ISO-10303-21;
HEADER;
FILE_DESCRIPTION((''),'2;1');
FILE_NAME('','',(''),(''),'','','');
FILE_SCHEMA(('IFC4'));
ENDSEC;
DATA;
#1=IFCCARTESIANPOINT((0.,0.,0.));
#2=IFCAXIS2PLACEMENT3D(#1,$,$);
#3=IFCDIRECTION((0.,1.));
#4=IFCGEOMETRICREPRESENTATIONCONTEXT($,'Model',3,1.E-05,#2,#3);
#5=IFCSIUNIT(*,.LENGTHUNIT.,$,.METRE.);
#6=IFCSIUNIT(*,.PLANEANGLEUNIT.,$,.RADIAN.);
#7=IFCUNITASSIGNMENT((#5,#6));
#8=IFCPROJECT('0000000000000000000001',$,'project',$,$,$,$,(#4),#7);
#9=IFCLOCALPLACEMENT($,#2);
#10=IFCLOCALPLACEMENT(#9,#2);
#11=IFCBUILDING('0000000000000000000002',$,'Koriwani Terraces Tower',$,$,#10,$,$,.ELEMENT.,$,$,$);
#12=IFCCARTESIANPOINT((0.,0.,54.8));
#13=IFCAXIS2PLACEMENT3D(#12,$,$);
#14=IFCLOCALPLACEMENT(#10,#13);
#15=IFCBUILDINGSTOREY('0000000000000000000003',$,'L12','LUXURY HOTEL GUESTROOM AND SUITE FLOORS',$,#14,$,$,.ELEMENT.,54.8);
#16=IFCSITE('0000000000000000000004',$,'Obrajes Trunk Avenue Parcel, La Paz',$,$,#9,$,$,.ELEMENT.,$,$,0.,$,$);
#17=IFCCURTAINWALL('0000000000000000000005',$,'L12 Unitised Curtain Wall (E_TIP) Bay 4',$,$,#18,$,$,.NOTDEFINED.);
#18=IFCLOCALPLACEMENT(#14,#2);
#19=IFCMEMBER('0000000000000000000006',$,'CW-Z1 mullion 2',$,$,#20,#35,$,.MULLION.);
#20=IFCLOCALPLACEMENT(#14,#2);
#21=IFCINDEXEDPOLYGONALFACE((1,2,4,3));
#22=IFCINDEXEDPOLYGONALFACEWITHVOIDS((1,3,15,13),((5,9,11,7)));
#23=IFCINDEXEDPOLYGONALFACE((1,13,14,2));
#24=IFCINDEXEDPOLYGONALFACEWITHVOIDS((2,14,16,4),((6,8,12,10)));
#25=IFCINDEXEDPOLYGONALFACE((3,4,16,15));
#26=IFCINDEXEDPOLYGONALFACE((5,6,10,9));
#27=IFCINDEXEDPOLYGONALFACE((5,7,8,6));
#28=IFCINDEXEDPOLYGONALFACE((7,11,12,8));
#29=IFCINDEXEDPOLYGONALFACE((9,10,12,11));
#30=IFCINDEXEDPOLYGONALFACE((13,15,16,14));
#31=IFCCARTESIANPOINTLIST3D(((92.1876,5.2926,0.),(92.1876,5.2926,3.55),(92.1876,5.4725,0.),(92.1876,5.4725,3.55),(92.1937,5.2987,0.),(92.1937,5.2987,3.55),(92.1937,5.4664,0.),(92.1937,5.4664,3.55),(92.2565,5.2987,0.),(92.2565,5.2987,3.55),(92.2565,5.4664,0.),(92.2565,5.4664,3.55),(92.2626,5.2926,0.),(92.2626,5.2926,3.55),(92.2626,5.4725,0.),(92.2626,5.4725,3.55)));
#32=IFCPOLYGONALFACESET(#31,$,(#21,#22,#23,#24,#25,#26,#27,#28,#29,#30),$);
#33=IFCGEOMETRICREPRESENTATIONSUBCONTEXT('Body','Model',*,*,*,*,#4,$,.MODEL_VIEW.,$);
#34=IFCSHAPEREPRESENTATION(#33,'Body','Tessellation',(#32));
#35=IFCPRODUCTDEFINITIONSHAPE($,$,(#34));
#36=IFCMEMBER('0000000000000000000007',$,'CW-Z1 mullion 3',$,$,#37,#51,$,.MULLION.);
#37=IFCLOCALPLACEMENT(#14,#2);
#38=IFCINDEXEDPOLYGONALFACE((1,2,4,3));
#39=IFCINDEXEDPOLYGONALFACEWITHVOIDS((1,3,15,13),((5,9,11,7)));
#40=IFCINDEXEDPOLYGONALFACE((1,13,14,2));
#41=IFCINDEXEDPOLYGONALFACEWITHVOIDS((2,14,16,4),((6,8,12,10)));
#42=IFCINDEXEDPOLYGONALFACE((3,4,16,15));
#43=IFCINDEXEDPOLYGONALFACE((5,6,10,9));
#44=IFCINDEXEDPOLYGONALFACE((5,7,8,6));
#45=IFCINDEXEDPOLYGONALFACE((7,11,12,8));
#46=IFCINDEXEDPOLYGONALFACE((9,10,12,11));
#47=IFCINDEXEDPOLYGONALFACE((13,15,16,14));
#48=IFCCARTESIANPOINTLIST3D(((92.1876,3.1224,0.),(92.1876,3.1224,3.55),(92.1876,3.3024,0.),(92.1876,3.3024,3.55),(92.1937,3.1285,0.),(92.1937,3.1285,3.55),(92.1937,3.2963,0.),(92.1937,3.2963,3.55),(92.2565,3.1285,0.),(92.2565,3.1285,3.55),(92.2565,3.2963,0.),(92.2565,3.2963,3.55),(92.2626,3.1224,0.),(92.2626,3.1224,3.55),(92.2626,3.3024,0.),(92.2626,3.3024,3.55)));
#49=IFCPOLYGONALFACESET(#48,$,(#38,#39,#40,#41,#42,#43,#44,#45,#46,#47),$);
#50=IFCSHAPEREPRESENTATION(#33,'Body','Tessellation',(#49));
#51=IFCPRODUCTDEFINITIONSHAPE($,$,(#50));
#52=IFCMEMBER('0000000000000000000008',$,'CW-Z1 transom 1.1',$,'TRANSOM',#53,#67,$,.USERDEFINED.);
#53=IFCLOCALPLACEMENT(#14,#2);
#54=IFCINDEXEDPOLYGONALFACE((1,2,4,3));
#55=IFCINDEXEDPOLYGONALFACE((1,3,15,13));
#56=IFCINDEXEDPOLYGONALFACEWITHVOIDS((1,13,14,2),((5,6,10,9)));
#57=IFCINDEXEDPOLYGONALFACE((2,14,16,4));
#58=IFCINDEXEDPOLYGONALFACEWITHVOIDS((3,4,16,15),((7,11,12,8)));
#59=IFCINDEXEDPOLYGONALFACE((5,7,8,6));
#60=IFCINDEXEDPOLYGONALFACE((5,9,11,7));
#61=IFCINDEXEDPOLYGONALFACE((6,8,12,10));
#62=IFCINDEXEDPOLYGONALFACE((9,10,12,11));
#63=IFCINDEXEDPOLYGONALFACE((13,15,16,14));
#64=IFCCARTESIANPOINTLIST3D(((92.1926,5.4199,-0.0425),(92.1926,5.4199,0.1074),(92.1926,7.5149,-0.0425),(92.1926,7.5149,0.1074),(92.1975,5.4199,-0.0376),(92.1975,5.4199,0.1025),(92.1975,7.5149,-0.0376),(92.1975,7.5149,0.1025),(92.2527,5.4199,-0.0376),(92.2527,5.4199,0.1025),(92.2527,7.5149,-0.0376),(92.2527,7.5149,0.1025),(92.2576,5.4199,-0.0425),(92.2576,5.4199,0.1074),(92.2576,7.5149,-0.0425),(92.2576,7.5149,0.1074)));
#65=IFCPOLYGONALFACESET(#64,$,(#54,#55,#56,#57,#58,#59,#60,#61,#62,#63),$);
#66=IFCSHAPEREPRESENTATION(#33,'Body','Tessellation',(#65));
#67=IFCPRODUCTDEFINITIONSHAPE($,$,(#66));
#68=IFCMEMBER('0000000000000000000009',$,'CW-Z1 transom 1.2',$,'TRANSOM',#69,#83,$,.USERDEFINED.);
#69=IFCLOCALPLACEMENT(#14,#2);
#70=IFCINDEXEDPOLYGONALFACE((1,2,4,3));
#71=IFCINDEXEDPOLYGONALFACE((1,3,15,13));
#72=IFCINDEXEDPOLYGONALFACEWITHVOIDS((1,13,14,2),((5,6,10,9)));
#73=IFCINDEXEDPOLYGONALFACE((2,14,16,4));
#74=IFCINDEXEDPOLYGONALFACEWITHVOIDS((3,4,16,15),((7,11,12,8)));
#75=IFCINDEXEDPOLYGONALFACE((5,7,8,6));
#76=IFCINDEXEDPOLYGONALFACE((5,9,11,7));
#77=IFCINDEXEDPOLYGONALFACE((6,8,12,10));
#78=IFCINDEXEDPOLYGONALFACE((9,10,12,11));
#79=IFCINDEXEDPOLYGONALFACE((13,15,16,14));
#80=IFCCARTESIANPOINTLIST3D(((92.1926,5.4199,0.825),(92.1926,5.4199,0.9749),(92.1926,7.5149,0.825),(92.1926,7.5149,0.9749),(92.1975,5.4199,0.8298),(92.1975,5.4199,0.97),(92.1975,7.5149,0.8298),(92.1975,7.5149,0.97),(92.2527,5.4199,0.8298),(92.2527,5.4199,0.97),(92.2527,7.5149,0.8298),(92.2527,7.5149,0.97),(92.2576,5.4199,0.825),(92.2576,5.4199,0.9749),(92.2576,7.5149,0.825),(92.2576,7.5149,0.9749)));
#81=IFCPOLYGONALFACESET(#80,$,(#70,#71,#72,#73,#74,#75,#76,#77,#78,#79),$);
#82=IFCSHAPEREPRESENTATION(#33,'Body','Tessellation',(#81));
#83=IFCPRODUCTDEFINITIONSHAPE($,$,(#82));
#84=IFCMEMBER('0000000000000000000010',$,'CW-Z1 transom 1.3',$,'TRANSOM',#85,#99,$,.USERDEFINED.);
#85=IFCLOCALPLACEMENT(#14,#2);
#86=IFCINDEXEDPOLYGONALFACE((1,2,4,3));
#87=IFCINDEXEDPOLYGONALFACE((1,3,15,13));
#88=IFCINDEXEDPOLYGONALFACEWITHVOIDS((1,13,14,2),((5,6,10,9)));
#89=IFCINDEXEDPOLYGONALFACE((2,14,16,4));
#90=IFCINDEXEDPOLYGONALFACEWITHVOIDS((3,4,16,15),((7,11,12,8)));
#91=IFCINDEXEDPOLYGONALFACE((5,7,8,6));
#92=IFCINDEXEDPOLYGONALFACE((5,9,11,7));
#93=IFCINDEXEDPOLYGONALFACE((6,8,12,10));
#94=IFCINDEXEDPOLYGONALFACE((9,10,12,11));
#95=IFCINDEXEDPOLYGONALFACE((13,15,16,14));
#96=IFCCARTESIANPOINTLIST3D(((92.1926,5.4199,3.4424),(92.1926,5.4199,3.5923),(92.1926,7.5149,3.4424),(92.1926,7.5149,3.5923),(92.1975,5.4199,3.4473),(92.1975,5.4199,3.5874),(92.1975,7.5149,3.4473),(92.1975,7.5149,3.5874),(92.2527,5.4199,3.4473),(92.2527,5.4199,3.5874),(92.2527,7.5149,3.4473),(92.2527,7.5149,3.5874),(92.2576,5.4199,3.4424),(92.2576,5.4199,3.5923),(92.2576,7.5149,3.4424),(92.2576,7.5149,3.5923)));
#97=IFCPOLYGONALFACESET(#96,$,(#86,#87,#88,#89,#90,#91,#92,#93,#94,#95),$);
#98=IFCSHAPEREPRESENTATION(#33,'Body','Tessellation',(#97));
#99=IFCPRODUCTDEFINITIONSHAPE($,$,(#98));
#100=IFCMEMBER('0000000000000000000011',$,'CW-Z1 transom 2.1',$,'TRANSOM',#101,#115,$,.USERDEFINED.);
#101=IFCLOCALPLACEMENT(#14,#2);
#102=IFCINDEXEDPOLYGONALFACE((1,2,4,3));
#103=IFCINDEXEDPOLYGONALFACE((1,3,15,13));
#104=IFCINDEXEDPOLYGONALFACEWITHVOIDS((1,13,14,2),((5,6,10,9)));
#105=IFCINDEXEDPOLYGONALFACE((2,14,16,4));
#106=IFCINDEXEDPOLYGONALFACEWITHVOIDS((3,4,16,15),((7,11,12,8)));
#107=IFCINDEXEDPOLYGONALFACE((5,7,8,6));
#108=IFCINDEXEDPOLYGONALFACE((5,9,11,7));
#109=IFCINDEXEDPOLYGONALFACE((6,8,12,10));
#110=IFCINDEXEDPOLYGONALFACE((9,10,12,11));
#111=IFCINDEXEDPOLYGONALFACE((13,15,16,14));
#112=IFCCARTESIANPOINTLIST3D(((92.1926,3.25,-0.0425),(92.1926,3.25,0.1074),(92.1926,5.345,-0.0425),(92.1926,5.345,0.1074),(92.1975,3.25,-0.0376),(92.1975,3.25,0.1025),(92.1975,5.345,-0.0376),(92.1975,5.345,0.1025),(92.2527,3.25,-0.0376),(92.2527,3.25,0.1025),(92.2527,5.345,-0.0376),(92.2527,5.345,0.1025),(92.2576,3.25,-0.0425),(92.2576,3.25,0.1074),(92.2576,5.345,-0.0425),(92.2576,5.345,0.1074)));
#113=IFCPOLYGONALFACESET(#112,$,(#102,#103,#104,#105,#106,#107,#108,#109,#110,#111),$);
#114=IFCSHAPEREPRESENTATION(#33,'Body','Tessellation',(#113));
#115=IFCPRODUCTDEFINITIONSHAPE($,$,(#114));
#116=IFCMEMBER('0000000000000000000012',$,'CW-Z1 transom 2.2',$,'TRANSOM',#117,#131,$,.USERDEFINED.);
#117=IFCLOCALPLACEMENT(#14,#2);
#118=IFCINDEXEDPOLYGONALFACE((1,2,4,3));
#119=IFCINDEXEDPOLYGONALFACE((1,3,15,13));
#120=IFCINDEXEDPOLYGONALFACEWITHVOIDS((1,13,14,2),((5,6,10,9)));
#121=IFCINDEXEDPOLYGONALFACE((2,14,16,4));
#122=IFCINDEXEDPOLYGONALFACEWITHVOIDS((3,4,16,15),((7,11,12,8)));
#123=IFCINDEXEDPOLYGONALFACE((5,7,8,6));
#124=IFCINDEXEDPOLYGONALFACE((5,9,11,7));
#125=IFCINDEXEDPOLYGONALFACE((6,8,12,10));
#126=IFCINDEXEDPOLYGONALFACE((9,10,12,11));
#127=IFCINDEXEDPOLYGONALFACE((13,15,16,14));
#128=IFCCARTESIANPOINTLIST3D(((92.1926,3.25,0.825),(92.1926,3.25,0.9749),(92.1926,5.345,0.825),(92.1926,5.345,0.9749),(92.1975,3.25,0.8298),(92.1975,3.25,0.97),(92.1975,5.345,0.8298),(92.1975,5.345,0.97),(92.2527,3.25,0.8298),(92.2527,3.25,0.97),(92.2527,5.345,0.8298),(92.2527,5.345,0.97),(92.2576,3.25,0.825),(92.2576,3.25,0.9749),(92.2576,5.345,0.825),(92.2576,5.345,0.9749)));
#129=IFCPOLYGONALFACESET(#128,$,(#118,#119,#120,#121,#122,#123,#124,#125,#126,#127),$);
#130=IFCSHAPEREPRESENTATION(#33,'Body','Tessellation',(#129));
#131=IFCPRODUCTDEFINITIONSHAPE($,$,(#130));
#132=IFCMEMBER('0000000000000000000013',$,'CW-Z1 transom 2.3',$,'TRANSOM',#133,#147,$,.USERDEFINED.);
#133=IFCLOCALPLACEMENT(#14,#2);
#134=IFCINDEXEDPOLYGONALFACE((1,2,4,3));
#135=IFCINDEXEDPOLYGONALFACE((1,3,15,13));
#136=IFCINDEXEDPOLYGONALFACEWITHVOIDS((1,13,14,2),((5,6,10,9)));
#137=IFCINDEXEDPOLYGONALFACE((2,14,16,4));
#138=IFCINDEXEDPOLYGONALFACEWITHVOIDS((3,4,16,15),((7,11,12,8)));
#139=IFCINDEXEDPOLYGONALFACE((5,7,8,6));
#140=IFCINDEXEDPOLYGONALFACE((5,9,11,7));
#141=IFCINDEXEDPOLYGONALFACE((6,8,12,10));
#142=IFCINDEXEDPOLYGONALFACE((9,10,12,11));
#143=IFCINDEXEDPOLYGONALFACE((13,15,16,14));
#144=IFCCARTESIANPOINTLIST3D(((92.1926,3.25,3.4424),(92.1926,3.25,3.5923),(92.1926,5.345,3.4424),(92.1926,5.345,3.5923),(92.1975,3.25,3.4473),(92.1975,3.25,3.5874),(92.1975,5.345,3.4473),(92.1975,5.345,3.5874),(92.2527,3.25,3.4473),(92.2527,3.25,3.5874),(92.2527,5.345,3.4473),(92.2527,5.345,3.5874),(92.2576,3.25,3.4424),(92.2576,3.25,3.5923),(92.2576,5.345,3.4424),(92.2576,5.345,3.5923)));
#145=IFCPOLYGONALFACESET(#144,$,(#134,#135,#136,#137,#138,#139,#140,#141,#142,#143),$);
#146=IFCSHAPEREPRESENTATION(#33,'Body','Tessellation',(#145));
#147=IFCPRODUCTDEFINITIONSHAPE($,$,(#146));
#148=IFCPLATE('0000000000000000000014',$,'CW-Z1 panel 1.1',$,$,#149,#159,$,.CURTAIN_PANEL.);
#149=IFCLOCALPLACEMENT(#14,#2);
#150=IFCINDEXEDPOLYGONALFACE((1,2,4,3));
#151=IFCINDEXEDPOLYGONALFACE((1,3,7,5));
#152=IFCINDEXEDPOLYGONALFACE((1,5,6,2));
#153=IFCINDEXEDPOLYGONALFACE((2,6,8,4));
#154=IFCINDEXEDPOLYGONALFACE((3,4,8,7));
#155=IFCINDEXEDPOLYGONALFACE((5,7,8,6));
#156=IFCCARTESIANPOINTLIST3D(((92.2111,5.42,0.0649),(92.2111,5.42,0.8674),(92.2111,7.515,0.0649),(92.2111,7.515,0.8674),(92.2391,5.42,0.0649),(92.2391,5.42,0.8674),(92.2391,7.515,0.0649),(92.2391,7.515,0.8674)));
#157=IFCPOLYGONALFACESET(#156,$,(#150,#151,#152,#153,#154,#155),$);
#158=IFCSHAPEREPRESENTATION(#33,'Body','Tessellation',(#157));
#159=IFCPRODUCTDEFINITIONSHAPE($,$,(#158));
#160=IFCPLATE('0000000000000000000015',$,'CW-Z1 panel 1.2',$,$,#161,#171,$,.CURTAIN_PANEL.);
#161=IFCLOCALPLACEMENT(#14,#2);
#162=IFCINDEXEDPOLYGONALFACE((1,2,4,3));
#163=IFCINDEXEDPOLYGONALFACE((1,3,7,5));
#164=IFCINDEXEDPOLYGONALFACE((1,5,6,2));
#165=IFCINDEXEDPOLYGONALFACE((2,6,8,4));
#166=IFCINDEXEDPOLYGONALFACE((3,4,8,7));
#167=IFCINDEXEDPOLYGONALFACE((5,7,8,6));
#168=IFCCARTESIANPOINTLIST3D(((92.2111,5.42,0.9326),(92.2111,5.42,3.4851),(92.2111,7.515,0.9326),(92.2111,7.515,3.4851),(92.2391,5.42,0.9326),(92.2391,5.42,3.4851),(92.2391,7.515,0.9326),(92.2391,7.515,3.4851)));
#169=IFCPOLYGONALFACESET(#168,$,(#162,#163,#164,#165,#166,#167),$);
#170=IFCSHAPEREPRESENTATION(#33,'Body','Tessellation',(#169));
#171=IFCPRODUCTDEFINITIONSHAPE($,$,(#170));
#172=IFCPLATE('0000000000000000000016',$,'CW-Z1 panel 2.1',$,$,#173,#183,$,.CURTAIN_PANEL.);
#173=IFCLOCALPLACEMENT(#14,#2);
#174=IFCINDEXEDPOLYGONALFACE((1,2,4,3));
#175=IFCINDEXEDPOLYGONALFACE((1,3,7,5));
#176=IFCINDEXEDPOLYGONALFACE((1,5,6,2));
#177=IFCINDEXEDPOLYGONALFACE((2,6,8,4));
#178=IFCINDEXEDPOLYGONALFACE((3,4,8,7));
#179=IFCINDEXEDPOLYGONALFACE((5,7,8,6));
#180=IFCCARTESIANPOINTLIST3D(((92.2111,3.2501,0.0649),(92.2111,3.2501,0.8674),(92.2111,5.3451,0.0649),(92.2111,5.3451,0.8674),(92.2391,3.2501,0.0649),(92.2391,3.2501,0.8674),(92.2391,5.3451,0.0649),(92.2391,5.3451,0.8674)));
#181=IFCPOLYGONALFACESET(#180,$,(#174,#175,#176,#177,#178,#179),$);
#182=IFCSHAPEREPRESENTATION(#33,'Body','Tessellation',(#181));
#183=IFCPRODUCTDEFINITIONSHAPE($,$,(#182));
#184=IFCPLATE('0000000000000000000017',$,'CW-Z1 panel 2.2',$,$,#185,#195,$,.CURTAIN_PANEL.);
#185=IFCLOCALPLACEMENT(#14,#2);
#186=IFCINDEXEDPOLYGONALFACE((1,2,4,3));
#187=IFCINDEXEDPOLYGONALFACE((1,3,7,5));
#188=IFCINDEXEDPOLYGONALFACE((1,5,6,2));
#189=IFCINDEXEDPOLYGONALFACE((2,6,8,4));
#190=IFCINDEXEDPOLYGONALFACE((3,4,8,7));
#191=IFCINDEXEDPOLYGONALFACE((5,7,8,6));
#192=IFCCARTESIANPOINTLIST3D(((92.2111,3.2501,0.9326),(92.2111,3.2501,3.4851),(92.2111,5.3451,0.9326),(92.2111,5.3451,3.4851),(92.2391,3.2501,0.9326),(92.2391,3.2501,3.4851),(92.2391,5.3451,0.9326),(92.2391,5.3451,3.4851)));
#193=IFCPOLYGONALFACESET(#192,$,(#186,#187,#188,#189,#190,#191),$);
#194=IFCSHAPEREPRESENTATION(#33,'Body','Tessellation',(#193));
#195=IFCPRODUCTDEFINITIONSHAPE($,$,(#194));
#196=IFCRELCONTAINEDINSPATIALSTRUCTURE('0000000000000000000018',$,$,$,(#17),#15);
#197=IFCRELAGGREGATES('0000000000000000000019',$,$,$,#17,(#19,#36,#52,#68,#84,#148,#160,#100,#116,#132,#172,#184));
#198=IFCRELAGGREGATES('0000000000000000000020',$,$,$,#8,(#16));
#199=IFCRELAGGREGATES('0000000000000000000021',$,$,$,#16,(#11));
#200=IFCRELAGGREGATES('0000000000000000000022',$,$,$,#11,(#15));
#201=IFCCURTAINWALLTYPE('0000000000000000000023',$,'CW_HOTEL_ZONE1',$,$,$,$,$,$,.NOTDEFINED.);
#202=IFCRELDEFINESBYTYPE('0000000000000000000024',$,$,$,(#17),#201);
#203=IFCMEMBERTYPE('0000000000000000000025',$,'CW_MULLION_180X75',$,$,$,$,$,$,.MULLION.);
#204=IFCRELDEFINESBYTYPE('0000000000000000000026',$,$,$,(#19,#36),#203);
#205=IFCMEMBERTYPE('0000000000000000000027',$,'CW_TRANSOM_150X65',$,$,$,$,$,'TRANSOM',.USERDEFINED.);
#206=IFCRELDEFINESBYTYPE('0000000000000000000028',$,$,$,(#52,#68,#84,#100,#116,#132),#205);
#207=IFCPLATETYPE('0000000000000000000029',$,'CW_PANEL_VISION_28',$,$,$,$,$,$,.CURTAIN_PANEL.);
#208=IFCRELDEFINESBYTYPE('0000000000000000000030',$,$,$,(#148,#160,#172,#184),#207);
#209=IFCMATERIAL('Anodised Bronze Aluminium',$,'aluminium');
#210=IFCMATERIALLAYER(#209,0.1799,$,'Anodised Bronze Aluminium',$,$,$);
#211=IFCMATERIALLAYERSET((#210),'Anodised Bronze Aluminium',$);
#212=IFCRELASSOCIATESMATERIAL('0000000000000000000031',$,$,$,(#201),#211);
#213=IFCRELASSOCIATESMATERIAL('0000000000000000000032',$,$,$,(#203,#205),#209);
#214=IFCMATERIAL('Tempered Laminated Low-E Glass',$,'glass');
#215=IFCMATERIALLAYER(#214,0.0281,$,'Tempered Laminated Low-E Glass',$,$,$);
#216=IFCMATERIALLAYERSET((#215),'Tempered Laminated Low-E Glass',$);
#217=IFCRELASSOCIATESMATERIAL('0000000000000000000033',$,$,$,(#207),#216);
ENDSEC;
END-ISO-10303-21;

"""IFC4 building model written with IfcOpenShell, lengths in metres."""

from ifc_helpers import new_model, si_unit, direction, frame, origin, origin_2d, place, context, subcontext, project, spatial, rectangle, hollow_rectangle, extrude, material, layer, layer_set, material_profile, profile_set, type_object, element, aggregate, save


model = new_model("IFC4")

# Units and contexts
model_context = context("Model", 3, precision=1e-05, world=origin(), true_north=direction((0.0, 1.0)))
body_context = subcontext(model_context, "Body", "Model", "MODEL_VIEW")
ifc_project = project(units=[si_unit("LENGTHUNIT", "METRE"), si_unit("PLANEANGLEUNIT", "RADIAN")], contexts=[model_context])

# Site, building, storey
site_placement = place(None, origin())
site = spatial("IfcSite", under=ifc_project, at=site_placement, Name="Obrajes Trunk Avenue Parcel, La Paz", CompositionType="ELEMENT", RefElevation=0.0)
building_placement = place(site_placement, origin())
building = spatial("IfcBuilding", under=site, at=building_placement, Name="Koriwani Terraces Tower", CompositionType="ELEMENT")
storey_placement = place(building_placement, frame((0.0, 0.0, 54.8)))
storey = spatial("IfcBuildingStorey", under=building, at=storey_placement, Name="L12", Description="LUXURY HOTEL GUESTROOM AND SUITE FLOORS", CompositionType="ELEMENT", Elevation=54.8)

# Curtain wall, members, plates
ifc_material_1 = material(Name="Anodised Bronze Aluminium", Category="aluminium")
ifc_layer_1 = layer(ifc_material_1, 0.1799, Name="Anodised Bronze Aluminium")
ifc_layer_set_1 = layer_set([ifc_layer_1], Name="Anodised Bronze Aluminium")
curtain_wall_type = type_object("IfcCurtainWallType", Name="CW_HOTEL_ZONE1", PredefinedType="NOTDEFINED", material=ifc_layer_set_1)
curtain_wall_placement = place(storey_placement, origin())
curtain_wall = element("IfcCurtainWall", 1, at=curtain_wall_placement, inside=storey, type_object=curtain_wall_type, Name="L12 Unitised Curtain Wall (E_TIP) Bay 4", PredefinedType="NOTDEFINED")
ifc_material_profile_1 = material_profile(ifc_material_1, hollow_rectangle(XDim=0.075, YDim=0.1799, WallThickness=0.0061, at=origin_2d()), Name="Anodised Bronze Aluminium", Category="LoadBearing")
ifc_profile_set_1 = profile_set([ifc_material_profile_1], Name="Anodised Bronze Aluminium")
member_type_1 = type_object("IfcMemberType", Name="CW_MULLION_180X75", PredefinedType="MULLION", material=ifc_profile_set_1)
member_1_placement = place(storey_placement, frame((92.2251, 5.3826, 0.0), z_axis=(0.0, 0.0, 1.0), x_axis=(1.0, 0.0, 0.0)))
member_1 = element("IfcMember", 2, at=member_1_placement, type_object=member_type_1, Name="CW-Z1 mullion 2", PredefinedType="MULLION", context=body_context, shape_type="SweptSolid", body=[
    extrude(hollow_rectangle(XDim=0.075, YDim=0.1799, WallThickness=0.0061, at=origin_2d()), origin(), (0.0, 0.0, 1.0), 3.55),
])
member_2_placement = place(storey_placement, frame((92.2251, 3.2124, 0.0), z_axis=(0.0, 0.0, 1.0), x_axis=(1.0, 0.0, 0.0)))
member_2 = element("IfcMember", 3, at=member_2_placement, type_object=member_type_1, Name="CW-Z1 mullion 3", PredefinedType="MULLION", context=body_context, shape_type="SweptSolid", body=[
    extrude(hollow_rectangle(XDim=0.075, YDim=0.1799, WallThickness=0.0061, at=origin_2d()), origin(), (0.0, 0.0, 1.0), 3.55),
])
ifc_material_profile_2 = material_profile(ifc_material_1, hollow_rectangle(XDim=0.0649, YDim=0.1499, WallThickness=0.0049, at=origin_2d()), Name="Anodised Bronze Aluminium", Category="LoadBearing")
ifc_profile_set_2 = profile_set([ifc_material_profile_2], Name="Anodised Bronze Aluminium")
member_type_2 = type_object("IfcMemberType", Name="CW_TRANSOM_150X65", ElementType="TRANSOM", PredefinedType="USERDEFINED", material=ifc_profile_set_2)
member_3_placement = place(storey_placement, frame((92.2251, 7.5149, 0.0325), z_axis=(0.0, -1.0, 0.0), x_axis=(1.0, 0.0, 0.0)))
member_3 = element("IfcMember", 4, at=member_3_placement, type_object=member_type_2, Name="CW-Z1 transom 1.1", ObjectType="TRANSOM", PredefinedType="USERDEFINED", context=body_context, shape_type="SweptSolid", body=[
    extrude(hollow_rectangle(XDim=0.0649, YDim=0.1499, WallThickness=0.0049, at=origin_2d()), origin(), (0.0, 0.0, 1.0), 2.095),
])
member_4_placement = place(storey_placement, frame((92.2251, 7.5149, 0.8999), z_axis=(0.0, -1.0, 0.0), x_axis=(1.0, 0.0, 0.0)))
member_4 = element("IfcMember", 5, at=member_4_placement, type_object=member_type_2, Name="CW-Z1 transom 1.2", ObjectType="TRANSOM", PredefinedType="USERDEFINED", context=body_context, shape_type="SweptSolid", body=[
    extrude(hollow_rectangle(XDim=0.0649, YDim=0.1499, WallThickness=0.0049, at=origin_2d()), origin(), (0.0, 0.0, 1.0), 2.095),
])
member_5_placement = place(storey_placement, frame((92.2251, 7.5149, 3.5173), z_axis=(0.0, -1.0, 0.0), x_axis=(1.0, 0.0, 0.0)))
member_5 = element("IfcMember", 6, at=member_5_placement, type_object=member_type_2, Name="CW-Z1 transom 1.3", ObjectType="TRANSOM", PredefinedType="USERDEFINED", context=body_context, shape_type="SweptSolid", body=[
    extrude(hollow_rectangle(XDim=0.0649, YDim=0.1499, WallThickness=0.0049, at=origin_2d()), origin(), (0.0, 0.0, 1.0), 2.095),
])
member_6_placement = place(storey_placement, frame((92.2251, 5.345, 0.0325), z_axis=(0.0, -1.0, 0.0), x_axis=(1.0, 0.0, 0.0)))
member_6 = element("IfcMember", 7, at=member_6_placement, type_object=member_type_2, Name="CW-Z1 transom 2.1", ObjectType="TRANSOM", PredefinedType="USERDEFINED", context=body_context, shape_type="SweptSolid", body=[
    extrude(hollow_rectangle(XDim=0.0649, YDim=0.1499, WallThickness=0.0049, at=origin_2d()), origin(), (0.0, 0.0, 1.0), 2.095),
])
member_7_placement = place(storey_placement, frame((92.2251, 5.345, 0.8999), z_axis=(0.0, -1.0, 0.0), x_axis=(1.0, 0.0, 0.0)))
member_7 = element("IfcMember", 8, at=member_7_placement, type_object=member_type_2, Name="CW-Z1 transom 2.2", ObjectType="TRANSOM", PredefinedType="USERDEFINED", context=body_context, shape_type="SweptSolid", body=[
    extrude(hollow_rectangle(XDim=0.0649, YDim=0.1499, WallThickness=0.0049, at=origin_2d()), origin(), (0.0, 0.0, 1.0), 2.095),
])
member_8_placement = place(storey_placement, frame((92.2251, 5.345, 3.5173), z_axis=(0.0, -1.0, 0.0), x_axis=(1.0, 0.0, 0.0)))
member_8 = element("IfcMember", 9, at=member_8_placement, type_object=member_type_2, Name="CW-Z1 transom 2.3", ObjectType="TRANSOM", PredefinedType="USERDEFINED", context=body_context, shape_type="SweptSolid", body=[
    extrude(hollow_rectangle(XDim=0.0649, YDim=0.1499, WallThickness=0.0049, at=origin_2d()), origin(), (0.0, 0.0, 1.0), 2.095),
])
ifc_material_2 = material(Name="Tempered Laminated Low-E Glass", Category="glass")
ifc_layer_2 = layer(ifc_material_2, 0.0281, Name="Tempered Laminated Low-E Glass")
ifc_layer_set_2 = layer_set([ifc_layer_2], Name="Tempered Laminated Low-E Glass")
plate_type = type_object("IfcPlateType", Name="CW_PANEL_VISION_28", PredefinedType="CURTAIN_PANEL", material=ifc_layer_set_2)
plate_1_placement = place(storey_placement, frame((92.2251, 6.4675, 0.0649), z_axis=(0.0, 0.0, 1.0), x_axis=(0.0, -1.0, 0.0)))
plate_1 = element("IfcPlate", 10, at=plate_1_placement, type_object=plate_type, Name="CW-Z1 panel 1.1", PredefinedType="CURTAIN_PANEL", context=body_context, shape_type="SweptSolid", body=[
    extrude(rectangle(XDim=2.095, YDim=0.0281, at=origin_2d()), origin(), (0.0, 0.0, 1.0), 0.8025),
])
plate_2_placement = place(storey_placement, frame((92.2251, 6.4675, 0.9326), z_axis=(0.0, 0.0, 1.0), x_axis=(0.0, -1.0, 0.0)))
plate_2 = element("IfcPlate", 11, at=plate_2_placement, type_object=plate_type, Name="CW-Z1 panel 1.2", PredefinedType="CURTAIN_PANEL", context=body_context, shape_type="SweptSolid", body=[
    extrude(rectangle(XDim=2.095, YDim=0.0281, at=origin_2d()), origin(), (0.0, 0.0, 1.0), 2.5525),
])
plate_3_placement = place(storey_placement, frame((92.2251, 4.2976, 0.0649), z_axis=(0.0, 0.0, 1.0), x_axis=(0.0, -1.0, 0.0)))
plate_3 = element("IfcPlate", 12, at=plate_3_placement, type_object=plate_type, Name="CW-Z1 panel 2.1", PredefinedType="CURTAIN_PANEL", context=body_context, shape_type="SweptSolid", body=[
    extrude(rectangle(XDim=2.095, YDim=0.0281, at=origin_2d()), origin(), (0.0, 0.0, 1.0), 0.8025),
])
plate_4_placement = place(storey_placement, frame((92.2251, 4.2976, 0.9326), z_axis=(0.0, 0.0, 1.0), x_axis=(0.0, -1.0, 0.0)))
plate_4 = element("IfcPlate", 13, at=plate_4_placement, type_object=plate_type, Name="CW-Z1 panel 2.2", PredefinedType="CURTAIN_PANEL", context=body_context, shape_type="SweptSolid", body=[
    extrude(rectangle(XDim=2.095, YDim=0.0281, at=origin_2d()), origin(), (0.0, 0.0, 1.0), 2.5525),
])
aggregate(curtain_wall, [member_1, member_2, member_3, member_4, member_5, plate_1, plate_2, member_6, member_7, member_8, plate_3, plate_4])

save(model, "model.ifc")
